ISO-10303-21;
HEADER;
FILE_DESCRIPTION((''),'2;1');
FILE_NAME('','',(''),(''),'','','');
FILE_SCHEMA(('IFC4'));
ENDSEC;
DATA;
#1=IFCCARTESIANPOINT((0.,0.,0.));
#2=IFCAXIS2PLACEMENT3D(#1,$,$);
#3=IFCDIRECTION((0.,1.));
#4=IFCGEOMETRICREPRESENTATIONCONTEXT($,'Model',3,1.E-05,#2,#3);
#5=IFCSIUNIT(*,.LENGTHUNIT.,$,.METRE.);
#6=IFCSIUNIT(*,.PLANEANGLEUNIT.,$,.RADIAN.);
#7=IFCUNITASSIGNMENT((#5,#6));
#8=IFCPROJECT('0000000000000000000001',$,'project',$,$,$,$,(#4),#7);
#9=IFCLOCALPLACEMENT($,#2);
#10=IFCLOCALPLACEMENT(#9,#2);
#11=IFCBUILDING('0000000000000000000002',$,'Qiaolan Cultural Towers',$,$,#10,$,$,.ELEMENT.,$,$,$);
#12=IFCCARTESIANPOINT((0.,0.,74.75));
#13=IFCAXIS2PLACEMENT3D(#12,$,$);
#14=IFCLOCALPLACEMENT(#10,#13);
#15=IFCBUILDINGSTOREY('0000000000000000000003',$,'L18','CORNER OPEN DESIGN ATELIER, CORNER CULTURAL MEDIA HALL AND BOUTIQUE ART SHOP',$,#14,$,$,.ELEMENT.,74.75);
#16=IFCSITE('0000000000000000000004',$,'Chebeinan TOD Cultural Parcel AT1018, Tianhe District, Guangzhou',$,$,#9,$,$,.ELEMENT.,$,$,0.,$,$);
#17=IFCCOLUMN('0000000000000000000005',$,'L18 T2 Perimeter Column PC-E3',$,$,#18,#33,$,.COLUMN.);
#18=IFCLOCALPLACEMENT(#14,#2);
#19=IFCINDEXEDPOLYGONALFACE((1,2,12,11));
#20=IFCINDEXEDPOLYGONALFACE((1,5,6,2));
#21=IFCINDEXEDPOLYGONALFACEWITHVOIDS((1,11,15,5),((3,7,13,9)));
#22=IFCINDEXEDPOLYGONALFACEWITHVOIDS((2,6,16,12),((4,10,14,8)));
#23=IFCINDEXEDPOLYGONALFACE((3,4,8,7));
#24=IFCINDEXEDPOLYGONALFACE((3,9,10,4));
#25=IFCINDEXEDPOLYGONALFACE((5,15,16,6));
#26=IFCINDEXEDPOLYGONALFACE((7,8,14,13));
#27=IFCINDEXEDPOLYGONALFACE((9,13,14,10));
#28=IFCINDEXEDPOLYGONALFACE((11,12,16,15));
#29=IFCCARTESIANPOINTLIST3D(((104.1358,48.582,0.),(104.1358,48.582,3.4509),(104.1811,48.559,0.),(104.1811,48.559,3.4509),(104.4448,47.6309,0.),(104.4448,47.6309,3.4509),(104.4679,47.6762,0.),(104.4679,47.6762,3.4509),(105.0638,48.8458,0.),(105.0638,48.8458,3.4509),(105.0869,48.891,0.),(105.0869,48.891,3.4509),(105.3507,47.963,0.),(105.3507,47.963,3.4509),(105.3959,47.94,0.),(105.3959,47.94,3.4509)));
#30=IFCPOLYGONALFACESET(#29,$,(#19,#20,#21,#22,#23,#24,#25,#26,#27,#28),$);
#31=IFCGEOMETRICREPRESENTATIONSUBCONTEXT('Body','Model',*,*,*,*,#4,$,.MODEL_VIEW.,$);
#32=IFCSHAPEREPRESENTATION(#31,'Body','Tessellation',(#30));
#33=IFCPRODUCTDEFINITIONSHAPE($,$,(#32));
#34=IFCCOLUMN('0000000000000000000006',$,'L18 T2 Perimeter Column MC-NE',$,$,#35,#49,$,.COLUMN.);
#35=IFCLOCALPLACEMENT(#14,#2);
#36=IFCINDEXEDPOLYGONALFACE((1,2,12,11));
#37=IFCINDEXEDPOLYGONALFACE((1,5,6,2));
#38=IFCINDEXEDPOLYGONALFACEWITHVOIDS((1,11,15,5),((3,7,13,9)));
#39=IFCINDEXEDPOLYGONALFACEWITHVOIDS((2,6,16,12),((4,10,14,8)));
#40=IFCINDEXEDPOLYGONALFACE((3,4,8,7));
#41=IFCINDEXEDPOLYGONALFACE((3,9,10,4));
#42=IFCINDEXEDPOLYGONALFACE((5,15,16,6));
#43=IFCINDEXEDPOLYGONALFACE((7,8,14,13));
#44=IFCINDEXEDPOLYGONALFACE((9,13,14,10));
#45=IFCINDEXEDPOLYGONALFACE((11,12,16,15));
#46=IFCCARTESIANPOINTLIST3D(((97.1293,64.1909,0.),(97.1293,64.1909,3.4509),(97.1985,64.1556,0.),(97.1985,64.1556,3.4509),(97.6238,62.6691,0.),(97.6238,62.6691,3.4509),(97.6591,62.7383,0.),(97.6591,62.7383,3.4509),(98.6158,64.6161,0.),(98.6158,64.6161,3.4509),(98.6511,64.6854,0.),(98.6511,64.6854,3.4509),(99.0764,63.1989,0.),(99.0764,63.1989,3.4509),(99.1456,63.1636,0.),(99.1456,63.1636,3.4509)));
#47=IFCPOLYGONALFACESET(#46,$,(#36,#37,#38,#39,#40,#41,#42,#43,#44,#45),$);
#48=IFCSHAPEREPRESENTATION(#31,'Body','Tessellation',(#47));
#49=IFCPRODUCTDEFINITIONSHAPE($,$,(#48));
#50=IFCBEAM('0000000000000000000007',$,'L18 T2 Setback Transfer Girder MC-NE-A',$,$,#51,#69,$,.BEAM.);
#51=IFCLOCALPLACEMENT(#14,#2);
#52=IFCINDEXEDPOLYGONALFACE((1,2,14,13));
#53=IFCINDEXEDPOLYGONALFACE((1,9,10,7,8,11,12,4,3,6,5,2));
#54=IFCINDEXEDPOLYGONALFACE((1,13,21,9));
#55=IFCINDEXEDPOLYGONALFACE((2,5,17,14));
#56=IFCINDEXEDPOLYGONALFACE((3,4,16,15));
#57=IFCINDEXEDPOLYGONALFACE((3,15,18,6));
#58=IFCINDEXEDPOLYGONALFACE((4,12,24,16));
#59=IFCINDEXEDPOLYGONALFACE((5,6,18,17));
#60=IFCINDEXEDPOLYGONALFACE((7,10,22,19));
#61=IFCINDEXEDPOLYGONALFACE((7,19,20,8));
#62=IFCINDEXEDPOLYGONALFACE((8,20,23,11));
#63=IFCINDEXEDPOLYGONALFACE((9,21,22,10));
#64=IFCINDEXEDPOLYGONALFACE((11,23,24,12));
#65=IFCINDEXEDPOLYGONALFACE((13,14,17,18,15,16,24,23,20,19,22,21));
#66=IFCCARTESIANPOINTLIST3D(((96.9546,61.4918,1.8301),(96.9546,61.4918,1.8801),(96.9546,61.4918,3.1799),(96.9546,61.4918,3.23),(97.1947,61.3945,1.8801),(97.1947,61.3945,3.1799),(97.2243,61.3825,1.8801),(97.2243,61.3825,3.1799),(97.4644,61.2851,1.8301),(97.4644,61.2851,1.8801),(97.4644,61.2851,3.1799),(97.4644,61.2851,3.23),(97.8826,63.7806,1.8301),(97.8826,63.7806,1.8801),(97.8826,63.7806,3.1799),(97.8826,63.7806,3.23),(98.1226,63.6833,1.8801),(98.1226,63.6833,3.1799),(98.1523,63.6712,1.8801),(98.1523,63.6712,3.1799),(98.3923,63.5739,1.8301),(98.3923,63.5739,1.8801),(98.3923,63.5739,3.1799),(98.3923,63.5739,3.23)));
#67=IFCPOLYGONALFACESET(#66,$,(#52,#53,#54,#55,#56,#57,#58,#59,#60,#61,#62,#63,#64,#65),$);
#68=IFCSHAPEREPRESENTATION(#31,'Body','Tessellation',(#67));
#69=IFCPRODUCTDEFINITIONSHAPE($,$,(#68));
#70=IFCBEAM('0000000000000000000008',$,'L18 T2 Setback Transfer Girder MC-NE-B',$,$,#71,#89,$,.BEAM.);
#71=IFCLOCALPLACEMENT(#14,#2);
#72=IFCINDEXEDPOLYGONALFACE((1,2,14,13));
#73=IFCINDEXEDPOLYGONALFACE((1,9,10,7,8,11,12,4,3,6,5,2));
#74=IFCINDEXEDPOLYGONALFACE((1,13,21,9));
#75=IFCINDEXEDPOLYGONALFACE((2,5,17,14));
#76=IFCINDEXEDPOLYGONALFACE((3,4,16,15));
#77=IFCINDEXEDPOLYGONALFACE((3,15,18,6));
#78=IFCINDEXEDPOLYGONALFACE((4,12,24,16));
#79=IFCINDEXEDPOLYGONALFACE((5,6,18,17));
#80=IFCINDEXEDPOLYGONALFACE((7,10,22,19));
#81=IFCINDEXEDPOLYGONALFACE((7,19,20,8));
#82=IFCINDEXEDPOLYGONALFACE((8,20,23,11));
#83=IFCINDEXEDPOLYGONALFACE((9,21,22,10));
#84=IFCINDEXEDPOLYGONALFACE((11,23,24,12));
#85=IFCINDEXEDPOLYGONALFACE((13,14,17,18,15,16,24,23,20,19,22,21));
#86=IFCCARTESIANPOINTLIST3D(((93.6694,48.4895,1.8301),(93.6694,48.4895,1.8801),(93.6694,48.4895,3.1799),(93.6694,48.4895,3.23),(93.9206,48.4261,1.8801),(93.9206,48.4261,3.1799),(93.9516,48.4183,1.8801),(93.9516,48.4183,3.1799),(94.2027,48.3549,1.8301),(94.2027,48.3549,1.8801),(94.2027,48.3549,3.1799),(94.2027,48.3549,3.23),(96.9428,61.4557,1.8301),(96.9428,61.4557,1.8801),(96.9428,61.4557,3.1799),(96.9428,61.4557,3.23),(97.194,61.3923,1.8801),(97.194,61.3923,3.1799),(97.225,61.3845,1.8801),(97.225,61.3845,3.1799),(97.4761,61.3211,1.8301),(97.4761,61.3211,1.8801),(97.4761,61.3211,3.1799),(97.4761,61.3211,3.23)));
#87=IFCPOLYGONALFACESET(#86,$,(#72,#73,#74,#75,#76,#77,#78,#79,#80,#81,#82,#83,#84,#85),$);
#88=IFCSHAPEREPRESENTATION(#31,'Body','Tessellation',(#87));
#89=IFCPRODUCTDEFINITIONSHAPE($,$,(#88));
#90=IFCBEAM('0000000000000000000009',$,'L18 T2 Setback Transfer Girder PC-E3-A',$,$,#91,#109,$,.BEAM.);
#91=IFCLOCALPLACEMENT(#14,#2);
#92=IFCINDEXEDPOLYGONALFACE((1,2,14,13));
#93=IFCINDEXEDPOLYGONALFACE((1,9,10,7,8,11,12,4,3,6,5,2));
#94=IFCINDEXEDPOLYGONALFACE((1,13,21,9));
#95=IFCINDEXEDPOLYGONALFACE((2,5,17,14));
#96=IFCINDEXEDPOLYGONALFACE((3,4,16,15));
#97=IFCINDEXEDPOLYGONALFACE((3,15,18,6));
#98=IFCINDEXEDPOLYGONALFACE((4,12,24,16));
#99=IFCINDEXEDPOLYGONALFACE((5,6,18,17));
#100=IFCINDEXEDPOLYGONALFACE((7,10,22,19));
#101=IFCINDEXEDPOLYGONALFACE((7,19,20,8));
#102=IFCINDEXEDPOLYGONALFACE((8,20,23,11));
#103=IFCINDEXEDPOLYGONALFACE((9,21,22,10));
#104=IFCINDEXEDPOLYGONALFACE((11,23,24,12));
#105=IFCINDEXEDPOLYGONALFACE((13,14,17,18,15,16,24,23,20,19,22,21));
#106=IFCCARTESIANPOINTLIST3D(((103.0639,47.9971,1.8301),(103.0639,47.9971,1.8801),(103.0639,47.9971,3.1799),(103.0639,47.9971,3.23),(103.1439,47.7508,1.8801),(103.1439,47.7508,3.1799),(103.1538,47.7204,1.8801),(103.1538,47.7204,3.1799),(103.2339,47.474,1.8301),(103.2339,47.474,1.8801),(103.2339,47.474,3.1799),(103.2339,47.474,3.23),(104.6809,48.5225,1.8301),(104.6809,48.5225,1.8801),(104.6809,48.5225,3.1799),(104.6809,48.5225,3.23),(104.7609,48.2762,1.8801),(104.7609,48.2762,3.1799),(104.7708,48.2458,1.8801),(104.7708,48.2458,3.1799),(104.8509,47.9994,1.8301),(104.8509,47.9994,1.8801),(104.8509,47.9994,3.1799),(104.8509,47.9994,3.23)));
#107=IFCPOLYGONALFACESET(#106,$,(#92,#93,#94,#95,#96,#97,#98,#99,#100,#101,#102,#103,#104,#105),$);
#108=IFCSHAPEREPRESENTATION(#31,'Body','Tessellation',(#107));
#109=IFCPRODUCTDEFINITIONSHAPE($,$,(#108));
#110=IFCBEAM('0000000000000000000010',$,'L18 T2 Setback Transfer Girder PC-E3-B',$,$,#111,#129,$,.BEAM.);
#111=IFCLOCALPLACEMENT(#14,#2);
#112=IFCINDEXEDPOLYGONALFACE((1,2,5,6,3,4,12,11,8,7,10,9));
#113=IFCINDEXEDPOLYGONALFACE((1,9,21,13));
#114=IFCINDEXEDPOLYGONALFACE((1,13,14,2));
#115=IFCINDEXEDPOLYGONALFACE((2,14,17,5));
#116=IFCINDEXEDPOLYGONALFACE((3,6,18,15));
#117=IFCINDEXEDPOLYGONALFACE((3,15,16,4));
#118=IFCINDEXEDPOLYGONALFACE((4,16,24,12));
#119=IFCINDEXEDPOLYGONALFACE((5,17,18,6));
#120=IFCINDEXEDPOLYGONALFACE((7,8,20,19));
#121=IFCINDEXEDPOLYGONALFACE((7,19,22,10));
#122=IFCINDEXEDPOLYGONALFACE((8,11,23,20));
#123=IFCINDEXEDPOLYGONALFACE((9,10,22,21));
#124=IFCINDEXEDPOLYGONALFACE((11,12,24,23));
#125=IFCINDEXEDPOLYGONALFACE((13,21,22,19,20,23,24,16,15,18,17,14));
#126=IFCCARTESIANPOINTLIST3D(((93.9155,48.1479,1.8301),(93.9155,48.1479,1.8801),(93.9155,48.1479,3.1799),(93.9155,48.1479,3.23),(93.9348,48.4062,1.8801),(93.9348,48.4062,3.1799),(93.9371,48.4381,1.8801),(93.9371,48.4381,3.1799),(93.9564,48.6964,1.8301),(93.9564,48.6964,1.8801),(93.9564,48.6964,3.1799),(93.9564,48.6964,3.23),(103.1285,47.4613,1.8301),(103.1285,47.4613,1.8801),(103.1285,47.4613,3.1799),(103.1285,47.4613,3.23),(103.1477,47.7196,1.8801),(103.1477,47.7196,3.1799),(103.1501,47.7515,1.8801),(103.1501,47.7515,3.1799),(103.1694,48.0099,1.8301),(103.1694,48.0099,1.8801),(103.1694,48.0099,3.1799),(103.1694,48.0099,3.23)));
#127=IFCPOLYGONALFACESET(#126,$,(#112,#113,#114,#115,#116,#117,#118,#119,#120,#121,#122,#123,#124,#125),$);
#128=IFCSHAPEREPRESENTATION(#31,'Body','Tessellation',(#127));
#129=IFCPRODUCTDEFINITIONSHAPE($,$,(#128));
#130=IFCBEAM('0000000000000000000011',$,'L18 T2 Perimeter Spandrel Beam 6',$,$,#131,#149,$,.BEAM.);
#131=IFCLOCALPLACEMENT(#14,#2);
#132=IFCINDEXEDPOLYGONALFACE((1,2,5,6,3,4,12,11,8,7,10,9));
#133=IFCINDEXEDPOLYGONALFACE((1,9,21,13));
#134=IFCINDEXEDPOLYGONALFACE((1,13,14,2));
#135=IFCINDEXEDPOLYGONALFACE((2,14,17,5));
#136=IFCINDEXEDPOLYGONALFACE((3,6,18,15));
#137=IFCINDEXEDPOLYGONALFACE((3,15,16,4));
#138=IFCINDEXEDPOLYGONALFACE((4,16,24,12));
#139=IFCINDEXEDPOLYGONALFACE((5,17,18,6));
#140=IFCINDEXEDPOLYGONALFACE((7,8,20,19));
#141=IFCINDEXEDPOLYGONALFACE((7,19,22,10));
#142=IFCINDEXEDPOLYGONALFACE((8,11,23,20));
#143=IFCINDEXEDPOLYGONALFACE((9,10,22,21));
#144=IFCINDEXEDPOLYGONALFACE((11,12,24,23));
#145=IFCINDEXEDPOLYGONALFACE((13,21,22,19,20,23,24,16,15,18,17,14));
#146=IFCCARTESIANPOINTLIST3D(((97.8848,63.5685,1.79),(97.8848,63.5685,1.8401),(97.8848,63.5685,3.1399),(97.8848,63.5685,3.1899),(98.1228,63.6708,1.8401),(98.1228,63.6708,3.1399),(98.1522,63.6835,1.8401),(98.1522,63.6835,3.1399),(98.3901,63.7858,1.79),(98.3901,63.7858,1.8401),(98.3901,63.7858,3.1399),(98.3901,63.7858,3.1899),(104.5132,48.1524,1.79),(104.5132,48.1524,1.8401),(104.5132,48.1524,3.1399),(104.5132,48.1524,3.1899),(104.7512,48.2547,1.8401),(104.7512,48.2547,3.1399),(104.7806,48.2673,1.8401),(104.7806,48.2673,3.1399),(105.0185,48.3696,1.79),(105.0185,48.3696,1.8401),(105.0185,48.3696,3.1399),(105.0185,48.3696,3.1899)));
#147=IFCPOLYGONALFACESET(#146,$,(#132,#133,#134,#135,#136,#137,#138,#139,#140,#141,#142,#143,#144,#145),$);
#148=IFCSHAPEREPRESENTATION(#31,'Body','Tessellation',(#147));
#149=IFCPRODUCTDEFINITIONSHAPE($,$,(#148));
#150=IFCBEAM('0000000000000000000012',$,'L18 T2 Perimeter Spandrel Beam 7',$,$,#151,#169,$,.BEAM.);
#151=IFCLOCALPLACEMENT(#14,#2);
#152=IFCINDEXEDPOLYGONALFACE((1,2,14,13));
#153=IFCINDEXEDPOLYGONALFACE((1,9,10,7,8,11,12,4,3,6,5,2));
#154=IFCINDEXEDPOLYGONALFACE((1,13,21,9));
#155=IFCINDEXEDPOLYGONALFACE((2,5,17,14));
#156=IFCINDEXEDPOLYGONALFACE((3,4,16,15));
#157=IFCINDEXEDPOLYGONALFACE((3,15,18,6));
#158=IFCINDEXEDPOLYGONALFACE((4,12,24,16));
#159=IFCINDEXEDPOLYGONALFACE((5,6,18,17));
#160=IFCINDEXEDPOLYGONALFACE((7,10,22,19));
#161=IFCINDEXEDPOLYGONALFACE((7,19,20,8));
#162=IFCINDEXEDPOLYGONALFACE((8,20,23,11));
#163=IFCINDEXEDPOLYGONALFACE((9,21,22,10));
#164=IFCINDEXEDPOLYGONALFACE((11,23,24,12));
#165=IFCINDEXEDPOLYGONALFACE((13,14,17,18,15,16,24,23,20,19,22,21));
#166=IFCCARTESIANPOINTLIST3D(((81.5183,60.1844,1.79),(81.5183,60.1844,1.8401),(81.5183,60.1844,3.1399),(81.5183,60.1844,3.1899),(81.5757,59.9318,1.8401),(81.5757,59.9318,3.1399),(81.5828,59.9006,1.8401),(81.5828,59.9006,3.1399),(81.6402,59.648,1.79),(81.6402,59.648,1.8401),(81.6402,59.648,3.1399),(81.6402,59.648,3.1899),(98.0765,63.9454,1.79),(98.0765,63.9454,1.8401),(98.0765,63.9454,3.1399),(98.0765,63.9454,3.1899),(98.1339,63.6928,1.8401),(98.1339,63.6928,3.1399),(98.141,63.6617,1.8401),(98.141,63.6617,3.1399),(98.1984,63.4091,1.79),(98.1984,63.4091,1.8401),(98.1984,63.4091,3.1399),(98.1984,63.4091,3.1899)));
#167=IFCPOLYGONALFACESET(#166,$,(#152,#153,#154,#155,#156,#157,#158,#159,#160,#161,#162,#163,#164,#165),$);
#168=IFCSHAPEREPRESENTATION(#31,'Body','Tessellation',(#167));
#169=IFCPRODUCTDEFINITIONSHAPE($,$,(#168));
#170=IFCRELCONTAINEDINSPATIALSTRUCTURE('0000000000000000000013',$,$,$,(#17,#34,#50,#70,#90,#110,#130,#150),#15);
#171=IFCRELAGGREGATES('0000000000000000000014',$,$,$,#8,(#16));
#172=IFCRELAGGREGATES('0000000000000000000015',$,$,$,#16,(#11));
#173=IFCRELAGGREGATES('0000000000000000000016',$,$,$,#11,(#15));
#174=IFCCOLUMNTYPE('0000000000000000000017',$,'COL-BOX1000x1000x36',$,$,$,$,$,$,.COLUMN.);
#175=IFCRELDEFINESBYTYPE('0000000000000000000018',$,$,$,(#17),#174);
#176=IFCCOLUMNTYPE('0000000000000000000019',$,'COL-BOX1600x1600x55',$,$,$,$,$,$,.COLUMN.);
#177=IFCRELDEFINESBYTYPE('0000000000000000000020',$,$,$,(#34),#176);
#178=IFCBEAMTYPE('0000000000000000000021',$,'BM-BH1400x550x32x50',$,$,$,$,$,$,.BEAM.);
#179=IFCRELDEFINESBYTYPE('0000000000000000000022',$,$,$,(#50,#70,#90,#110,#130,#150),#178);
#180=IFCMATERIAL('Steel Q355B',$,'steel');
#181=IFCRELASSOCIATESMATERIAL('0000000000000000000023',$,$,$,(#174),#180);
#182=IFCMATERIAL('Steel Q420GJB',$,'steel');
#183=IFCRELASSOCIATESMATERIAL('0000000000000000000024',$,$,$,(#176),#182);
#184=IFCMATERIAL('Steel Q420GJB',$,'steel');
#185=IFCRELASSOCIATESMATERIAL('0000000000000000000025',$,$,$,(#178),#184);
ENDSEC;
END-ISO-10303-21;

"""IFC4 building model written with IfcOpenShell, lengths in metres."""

from ifc_helpers import new_model, si_unit, direction, frame, origin, origin_2d, place, context, subcontext, project, spatial, hollow_rectangle, i_section, extrude, material, material_profile, profile_set, type_object, element, save


model = new_model("IFC4")

# Units and contexts
model_context = context("Model", 3, precision=1e-05, world=origin(), true_north=direction((0.0, 1.0)))
body_context = subcontext(model_context, "Body", "Model", "MODEL_VIEW")
ifc_project = project(units=[si_unit("LENGTHUNIT", "METRE"), si_unit("PLANEANGLEUNIT", "RADIAN")], contexts=[model_context])

# Site, building, storey
site_placement = place(None, origin())
site = spatial("IfcSite", under=ifc_project, at=site_placement, Name="Chebeinan TOD Cultural Parcel AT1018, Tianhe District, Guangzhou", CompositionType="ELEMENT", RefElevation=0.0)
building_placement = place(site_placement, origin())
building = spatial("IfcBuilding", under=site, at=building_placement, Name="Qiaolan Cultural Towers", CompositionType="ELEMENT")
storey_placement = place(building_placement, frame((0.0, 0.0, 74.75)))
storey = spatial("IfcBuildingStorey", under=building, at=storey_placement, Name="L18", Description="CORNER OPEN DESIGN ATELIER, CORNER CULTURAL MEDIA HALL AND BOUTIQUE ART SHOP", CompositionType="ELEMENT", Elevation=74.75)

# Columns
ifc_material_1 = material(Name="Steel Q355B", Category="steel")
ifc_material_profile_1 = material_profile(ifc_material_1, hollow_rectangle(XDim=1.0, YDim=1.0, WallThickness=0.0359, at=origin_2d()), Name="BOX1000x1000x36")
ifc_profile_set_1 = profile_set([ifc_material_profile_1], Name="Steel Q355B")
column_type_1 = type_object("IfcColumnType", Name="COL-BOX1000x1000x36", PredefinedType="COLUMN", material=ifc_profile_set_1)
column_1_placement = place(storey_placement, frame((104.7659, 48.261, 0.0), z_axis=(0.0, 0.0, 1.0), x_axis=(0.951057, 0.309017, 0.0)))
element("IfcColumn", 1, at=column_1_placement, inside=storey, type_object=column_type_1, Name="L18 T2 Perimeter Column PC-E3", PredefinedType="COLUMN", context=body_context, shape_type="SweptSolid", body=[
    extrude(hollow_rectangle(XDim=1.0, YDim=1.0, WallThickness=0.0359, at=origin_2d()), origin(), (0.0, 0.0, 1.0), 3.4509),
])
ifc_material_2 = material(Name="Steel Q420GJB", Category="steel")
ifc_material_profile_2 = material_profile(ifc_material_2, hollow_rectangle(XDim=1.6001, YDim=1.6001, WallThickness=0.0549, at=origin_2d()), Name="BOX1600x1600x55")
ifc_profile_set_2 = profile_set([ifc_material_profile_2], Name="Steel Q420GJB")
column_type_2 = type_object("IfcColumnType", Name="COL-BOX1600x1600x55", PredefinedType="COLUMN", material=ifc_profile_set_2)
column_2_placement = place(storey_placement, frame((98.1375, 63.6772, 0.0), z_axis=(0.0, 0.0, 1.0), x_axis=(0.951057, 0.309017, 0.0)))
element("IfcColumn", 2, at=column_2_placement, inside=storey, type_object=column_type_2, Name="L18 T2 Perimeter Column MC-NE", PredefinedType="COLUMN", context=body_context, shape_type="SweptSolid", body=[
    extrude(hollow_rectangle(XDim=1.6001, YDim=1.6001, WallThickness=0.0549, at=origin_2d()), origin(), (0.0, 0.0, 1.0), 3.4509),
])

# Beams
ifc_material_3 = material(Name="Steel Q420GJB", Category="steel")
ifc_material_profile_3 = material_profile(ifc_material_3, i_section(OverallWidth=0.55, OverallDepth=1.3999, WebThickness=0.032, FlangeThickness=0.05, at=origin_2d()), Name="BH1400x550x32x50")
ifc_profile_set_3 = profile_set([ifc_material_profile_3], Name="Steel Q420GJB")
beam_type_1 = type_object("IfcBeamType", Name="BM-BH1400x550x32x50", PredefinedType="BEAM", material=ifc_profile_set_3)
beam_1_placement = place(storey_placement, frame((98.1375, 63.6772, 2.53), z_axis=(-0.375733, -0.926728, 0.0), x_axis=(0.926728, -0.375733, 0.0)))
element("IfcBeam", 3, at=beam_1_placement, inside=storey, type_object=beam_type_1, Name="L18 T2 Setback Transfer Girder MC-NE-A", PredefinedType="BEAM", context=body_context, shape_type="SweptSolid", body=[
    extrude(i_section(OverallWidth=0.55, OverallDepth=1.3999, WebThickness=0.032, FlangeThickness=0.05, at=origin_2d()), origin(), (0.0, 0.0, 1.0), 2.4697),
])
beam_2_placement = place(storey_placement, frame((97.2095, 61.3884, 2.53), z_axis=(-0.244777, -0.969579, 0.0), x_axis=(0.969579, -0.244777, 0.0)))
element("IfcBeam", 4, at=beam_2_placement, inside=storey, type_object=beam_type_1, Name="L18 T2 Setback Transfer Girder MC-NE-B", PredefinedType="BEAM", context=body_context, shape_type="SweptSolid", body=[
    extrude(i_section(OverallWidth=0.55, OverallDepth=1.3999, WebThickness=0.032, FlangeThickness=0.05, at=origin_2d()), origin(), (0.0, 0.0, 1.0), 13.373),
])
beam_3_placement = place(storey_placement, frame((104.7659, 48.261, 2.53), z_axis=(-0.951054, -0.309024, 0.0), x_axis=(0.309024, -0.951054, 0.0)))
element("IfcBeam", 5, at=beam_3_placement, inside=storey, type_object=beam_type_1, Name="L18 T2 Setback Transfer Girder PC-E3-A", PredefinedType="BEAM", context=body_context, shape_type="SweptSolid", body=[
    extrude(i_section(OverallWidth=0.55, OverallDepth=1.3999, WebThickness=0.032, FlangeThickness=0.05, at=origin_2d()), origin(), (0.0, 0.0, 1.0), 1.7002),
])
beam_4_placement = place(storey_placement, frame((103.1489, 47.7356, 2.53), z_axis=(-0.997235, 0.074312, 0.0), x_axis=(-0.074312, -0.997235, 0.0)))
element("IfcBeam", 6, at=beam_4_placement, inside=storey, type_object=beam_type_1, Name="L18 T2 Setback Transfer Girder PC-E3-B", PredefinedType="BEAM", context=body_context, shape_type="SweptSolid", body=[
    extrude(i_section(OverallWidth=0.55, OverallDepth=1.3999, WebThickness=0.032, FlangeThickness=0.05, at=origin_2d()), origin(), (0.0, 0.0, 1.0), 9.2385),
])
beam_5_placement = place(storey_placement, frame((104.7659, 48.261, 2.49), z_axis=(-0.394999, 0.918682, 0.0), x_axis=(-0.918682, -0.394999, 0.0)))
element("IfcBeam", 7, at=beam_5_placement, inside=storey, type_object=beam_type_1, Name="L18 T2 Perimeter Spandrel Beam 6", PredefinedType="BEAM", context=body_context, shape_type="SweptSolid", body=[
    extrude(i_section(OverallWidth=0.55, OverallDepth=1.3999, WebThickness=0.032, FlangeThickness=0.05, at=origin_2d()), origin(), (0.0, 0.0, 1.0), 16.7808),
])
beam_6_placement = place(storey_placement, frame((98.1375, 63.6772, 2.49), z_axis=(-0.975161, -0.221497, 0.0), x_axis=(0.221497, -0.975161, 0.0)))
element("IfcBeam", 8, at=beam_6_placement, inside=storey, type_object=beam_type_1, Name="L18 T2 Perimeter Spandrel Beam 7", PredefinedType="BEAM", context=body_context, shape_type="SweptSolid", body=[
    extrude(i_section(OverallWidth=0.55, OverallDepth=1.3999, WebThickness=0.032, FlangeThickness=0.05, at=origin_2d()), origin(), (0.0, 0.0, 1.0), 16.98),
])

save(model, "model.ifc")
